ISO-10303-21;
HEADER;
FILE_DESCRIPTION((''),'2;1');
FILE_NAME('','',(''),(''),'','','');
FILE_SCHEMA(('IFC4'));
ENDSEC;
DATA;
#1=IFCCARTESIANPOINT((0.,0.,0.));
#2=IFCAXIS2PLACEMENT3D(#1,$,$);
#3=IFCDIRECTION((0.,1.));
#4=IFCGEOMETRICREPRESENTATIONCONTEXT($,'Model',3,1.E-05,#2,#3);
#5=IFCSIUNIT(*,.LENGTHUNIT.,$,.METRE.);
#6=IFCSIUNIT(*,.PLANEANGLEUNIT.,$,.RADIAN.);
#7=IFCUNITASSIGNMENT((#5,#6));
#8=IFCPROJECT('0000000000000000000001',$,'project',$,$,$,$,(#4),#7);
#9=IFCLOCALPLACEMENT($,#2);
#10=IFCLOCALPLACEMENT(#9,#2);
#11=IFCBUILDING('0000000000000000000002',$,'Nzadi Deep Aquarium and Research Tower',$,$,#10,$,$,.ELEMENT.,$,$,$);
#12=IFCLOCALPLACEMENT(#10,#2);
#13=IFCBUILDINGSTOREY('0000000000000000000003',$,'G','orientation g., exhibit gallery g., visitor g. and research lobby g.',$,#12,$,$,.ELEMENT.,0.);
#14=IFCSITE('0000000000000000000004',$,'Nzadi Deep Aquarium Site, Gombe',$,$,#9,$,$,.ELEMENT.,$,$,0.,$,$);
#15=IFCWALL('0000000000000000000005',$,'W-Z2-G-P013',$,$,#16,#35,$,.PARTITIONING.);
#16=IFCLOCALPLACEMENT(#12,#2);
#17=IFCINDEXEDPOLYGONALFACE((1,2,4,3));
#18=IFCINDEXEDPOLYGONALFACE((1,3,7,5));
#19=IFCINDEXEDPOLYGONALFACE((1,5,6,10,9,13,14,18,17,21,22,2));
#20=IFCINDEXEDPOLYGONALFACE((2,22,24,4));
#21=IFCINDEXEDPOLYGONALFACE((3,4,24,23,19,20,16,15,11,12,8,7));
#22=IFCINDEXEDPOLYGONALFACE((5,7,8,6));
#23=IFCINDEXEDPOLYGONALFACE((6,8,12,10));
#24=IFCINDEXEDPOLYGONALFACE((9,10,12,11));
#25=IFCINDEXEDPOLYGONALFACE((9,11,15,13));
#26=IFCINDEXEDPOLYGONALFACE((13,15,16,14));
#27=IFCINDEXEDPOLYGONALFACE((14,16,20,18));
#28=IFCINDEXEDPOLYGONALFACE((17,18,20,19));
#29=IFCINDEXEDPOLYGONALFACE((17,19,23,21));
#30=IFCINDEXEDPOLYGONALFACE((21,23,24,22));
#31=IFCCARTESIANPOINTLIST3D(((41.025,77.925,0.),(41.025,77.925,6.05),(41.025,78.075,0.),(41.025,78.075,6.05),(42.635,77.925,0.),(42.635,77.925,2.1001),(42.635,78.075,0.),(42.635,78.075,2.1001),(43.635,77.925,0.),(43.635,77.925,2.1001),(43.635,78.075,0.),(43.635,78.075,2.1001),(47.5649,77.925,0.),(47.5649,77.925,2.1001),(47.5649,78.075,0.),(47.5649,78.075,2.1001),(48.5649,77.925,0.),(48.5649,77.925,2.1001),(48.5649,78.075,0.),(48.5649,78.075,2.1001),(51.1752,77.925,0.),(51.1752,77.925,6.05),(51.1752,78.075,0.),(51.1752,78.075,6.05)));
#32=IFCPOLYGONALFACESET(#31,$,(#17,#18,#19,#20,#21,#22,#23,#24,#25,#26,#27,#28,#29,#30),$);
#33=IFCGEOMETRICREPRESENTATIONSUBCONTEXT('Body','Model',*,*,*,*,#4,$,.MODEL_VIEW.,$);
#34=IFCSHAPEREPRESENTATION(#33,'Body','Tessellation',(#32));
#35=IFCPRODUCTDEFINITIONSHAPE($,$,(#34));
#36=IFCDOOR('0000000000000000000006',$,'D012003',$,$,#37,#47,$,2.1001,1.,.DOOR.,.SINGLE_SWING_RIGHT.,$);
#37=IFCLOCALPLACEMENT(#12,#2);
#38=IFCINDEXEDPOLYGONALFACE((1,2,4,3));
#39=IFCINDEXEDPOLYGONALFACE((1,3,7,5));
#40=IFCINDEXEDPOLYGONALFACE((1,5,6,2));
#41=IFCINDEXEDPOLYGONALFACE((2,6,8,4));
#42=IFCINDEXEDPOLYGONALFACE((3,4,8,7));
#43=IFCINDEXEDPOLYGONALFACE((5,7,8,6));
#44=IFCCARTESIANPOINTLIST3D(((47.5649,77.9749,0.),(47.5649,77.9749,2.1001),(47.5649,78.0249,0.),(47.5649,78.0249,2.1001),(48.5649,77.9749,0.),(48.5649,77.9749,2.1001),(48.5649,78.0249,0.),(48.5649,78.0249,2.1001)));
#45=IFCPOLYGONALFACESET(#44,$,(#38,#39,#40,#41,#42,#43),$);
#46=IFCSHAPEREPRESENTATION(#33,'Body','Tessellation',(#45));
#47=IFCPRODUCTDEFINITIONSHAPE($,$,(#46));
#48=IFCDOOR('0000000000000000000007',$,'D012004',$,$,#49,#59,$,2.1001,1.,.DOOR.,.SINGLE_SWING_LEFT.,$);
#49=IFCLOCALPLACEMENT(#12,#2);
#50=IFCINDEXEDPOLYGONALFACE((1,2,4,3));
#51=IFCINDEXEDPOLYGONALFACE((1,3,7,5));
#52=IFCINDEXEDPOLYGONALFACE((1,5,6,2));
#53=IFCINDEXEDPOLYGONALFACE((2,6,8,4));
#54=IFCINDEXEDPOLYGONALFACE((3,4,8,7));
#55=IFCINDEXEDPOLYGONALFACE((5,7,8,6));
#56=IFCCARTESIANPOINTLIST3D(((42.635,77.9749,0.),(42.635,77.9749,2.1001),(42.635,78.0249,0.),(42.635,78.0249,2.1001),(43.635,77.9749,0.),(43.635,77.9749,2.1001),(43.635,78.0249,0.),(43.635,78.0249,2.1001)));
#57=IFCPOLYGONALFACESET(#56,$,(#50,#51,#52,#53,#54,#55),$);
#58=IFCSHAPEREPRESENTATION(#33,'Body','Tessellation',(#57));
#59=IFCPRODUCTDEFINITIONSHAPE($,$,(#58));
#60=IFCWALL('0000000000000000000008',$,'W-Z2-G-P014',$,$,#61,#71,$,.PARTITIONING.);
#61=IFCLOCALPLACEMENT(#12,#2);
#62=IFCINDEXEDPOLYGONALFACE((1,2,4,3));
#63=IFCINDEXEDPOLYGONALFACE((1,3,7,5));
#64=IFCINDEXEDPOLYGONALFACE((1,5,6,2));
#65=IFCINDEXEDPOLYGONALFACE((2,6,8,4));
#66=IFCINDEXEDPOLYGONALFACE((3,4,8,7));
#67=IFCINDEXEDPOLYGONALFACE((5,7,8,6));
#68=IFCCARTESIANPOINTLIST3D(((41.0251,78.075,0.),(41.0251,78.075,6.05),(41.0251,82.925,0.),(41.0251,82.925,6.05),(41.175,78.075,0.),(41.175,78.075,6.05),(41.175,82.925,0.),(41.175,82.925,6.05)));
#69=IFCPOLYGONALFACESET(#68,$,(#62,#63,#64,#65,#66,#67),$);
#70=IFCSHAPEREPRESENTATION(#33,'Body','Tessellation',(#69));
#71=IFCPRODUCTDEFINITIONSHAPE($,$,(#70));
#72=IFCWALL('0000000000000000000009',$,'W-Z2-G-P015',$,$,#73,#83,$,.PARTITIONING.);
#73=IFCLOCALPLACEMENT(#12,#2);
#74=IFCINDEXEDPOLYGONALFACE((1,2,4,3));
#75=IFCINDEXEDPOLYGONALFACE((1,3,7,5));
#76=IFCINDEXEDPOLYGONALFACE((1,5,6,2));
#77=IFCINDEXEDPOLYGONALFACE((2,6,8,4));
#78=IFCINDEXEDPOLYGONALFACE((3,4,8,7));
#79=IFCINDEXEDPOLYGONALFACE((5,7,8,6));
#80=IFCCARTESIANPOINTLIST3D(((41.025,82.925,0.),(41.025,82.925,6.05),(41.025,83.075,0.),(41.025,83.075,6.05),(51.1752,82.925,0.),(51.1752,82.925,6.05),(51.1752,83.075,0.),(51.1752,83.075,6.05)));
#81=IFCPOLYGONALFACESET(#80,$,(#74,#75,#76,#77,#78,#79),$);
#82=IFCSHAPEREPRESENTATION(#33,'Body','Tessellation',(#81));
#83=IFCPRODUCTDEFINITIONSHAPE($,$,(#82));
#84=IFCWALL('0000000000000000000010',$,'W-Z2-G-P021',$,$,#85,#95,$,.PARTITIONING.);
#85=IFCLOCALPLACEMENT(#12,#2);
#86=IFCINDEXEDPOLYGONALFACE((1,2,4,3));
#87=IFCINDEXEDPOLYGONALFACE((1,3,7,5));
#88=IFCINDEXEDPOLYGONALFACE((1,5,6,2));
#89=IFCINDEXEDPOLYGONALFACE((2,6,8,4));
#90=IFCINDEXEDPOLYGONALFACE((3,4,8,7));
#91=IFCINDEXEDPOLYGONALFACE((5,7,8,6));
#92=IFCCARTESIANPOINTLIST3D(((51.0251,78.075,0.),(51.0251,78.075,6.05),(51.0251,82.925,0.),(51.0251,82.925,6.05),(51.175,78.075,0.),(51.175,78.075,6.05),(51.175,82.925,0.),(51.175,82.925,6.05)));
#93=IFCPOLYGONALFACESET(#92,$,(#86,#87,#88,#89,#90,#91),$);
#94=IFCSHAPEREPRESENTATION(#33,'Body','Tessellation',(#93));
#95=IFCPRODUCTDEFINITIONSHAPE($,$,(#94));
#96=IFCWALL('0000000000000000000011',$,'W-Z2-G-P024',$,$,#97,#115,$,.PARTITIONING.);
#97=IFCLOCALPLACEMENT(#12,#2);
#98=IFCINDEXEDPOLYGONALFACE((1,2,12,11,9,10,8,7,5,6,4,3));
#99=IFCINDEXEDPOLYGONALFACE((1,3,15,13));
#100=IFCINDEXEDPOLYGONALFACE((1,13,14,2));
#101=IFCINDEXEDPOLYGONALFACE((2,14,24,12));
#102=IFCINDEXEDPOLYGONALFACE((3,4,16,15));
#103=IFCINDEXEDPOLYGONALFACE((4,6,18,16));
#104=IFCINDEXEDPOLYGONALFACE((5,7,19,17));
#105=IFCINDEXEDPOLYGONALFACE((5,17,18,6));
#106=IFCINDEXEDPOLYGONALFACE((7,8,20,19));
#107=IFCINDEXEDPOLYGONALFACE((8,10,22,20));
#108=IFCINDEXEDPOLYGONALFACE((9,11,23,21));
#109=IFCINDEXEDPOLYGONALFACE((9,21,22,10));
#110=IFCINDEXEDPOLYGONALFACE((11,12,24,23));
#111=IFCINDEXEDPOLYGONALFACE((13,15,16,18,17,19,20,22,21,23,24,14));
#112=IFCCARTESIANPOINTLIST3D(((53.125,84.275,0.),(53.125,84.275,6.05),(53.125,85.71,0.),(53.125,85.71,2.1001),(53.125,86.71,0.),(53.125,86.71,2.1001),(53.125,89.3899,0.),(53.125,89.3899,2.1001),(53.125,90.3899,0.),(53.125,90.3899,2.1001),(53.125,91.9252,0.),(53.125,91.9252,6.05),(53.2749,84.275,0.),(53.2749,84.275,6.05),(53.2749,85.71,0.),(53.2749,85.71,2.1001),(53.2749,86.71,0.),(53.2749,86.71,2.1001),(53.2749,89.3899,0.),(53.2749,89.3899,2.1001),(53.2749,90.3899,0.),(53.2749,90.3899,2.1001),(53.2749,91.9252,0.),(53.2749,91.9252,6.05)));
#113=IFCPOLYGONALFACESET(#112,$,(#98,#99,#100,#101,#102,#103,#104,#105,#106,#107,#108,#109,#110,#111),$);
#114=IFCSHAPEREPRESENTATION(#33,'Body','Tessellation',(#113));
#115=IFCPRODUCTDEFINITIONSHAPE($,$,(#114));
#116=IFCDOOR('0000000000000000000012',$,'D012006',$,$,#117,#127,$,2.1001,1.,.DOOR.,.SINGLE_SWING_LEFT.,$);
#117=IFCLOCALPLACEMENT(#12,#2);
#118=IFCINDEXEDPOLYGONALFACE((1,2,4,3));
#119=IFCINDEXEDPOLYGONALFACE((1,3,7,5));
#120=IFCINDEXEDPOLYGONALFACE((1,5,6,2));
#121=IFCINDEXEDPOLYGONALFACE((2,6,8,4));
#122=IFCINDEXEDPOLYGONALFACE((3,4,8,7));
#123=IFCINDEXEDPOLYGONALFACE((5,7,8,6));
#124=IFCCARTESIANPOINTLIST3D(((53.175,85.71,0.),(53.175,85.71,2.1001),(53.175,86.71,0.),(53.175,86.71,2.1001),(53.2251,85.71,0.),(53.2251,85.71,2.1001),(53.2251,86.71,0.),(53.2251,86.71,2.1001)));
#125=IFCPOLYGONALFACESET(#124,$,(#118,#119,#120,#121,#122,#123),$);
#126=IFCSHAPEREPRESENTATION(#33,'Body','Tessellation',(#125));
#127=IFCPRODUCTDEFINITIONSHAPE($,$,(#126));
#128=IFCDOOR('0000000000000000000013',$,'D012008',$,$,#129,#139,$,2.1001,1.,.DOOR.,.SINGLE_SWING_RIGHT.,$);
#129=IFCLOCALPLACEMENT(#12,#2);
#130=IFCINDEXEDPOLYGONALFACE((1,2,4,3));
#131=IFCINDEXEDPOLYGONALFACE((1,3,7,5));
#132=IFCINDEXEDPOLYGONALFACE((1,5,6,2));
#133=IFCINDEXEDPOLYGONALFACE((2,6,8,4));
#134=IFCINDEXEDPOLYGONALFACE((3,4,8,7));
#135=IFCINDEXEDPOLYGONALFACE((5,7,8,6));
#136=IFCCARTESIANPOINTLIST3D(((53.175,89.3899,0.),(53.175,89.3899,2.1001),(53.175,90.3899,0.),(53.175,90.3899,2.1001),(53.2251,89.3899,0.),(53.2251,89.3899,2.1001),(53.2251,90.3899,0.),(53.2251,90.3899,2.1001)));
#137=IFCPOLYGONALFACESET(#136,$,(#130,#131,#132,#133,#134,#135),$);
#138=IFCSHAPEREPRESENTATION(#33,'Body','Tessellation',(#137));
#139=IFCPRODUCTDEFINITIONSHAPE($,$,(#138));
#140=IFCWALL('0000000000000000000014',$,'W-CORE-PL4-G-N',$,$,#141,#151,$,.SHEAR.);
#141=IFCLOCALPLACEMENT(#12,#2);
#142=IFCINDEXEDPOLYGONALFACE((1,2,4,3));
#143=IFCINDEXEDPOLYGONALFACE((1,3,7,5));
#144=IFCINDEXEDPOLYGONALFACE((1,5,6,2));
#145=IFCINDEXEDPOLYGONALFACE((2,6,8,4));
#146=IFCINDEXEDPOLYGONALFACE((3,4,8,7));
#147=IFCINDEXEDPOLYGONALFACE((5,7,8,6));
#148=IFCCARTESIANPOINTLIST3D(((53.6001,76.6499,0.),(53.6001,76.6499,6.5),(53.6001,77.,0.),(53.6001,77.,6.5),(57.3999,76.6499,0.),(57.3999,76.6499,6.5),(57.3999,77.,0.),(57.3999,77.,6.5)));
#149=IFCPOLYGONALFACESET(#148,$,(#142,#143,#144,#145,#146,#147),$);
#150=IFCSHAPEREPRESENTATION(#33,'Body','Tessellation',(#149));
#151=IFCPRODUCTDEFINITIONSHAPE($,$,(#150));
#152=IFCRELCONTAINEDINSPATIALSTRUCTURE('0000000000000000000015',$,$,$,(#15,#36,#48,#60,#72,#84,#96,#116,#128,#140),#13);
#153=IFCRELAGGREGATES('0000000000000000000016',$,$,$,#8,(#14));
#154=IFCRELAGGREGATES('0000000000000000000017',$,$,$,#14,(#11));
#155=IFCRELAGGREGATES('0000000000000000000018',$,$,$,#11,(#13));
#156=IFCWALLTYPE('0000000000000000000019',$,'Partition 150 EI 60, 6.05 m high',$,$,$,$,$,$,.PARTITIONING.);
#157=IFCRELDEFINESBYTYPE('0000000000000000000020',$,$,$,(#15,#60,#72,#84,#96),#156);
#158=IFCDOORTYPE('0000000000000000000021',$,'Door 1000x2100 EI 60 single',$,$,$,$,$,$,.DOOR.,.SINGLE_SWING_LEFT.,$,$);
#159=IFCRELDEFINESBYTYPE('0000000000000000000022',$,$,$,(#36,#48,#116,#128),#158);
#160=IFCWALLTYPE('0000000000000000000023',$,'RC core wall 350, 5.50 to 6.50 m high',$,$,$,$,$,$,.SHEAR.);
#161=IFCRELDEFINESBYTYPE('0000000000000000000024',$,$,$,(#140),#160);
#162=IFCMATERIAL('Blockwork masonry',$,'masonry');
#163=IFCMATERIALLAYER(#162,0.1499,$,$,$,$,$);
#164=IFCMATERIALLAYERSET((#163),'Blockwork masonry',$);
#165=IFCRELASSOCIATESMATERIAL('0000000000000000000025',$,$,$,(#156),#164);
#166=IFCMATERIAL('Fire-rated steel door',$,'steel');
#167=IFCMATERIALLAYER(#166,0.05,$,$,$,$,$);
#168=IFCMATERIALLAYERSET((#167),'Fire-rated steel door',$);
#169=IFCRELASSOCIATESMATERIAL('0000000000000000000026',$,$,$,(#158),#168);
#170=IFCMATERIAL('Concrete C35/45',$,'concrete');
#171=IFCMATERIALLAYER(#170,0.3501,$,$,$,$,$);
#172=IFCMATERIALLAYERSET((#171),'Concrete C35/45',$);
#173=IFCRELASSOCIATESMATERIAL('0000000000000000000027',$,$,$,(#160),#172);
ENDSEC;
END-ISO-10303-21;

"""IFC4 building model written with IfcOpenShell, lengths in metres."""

from ifc_helpers import new_model, si_unit, direction, frame, frame_2d, origin, place, context, subcontext, project, spatial, rectangle, extrude, material, layer, layer_set, type_object, element, fill, save


model = new_model("IFC4")

# Units and contexts
model_context = context("Model", 3, precision=1e-05, world=origin(), true_north=direction((0.0, 1.0)))
body_context = subcontext(model_context, "Body", "Model", "MODEL_VIEW")
ifc_project = project(units=[si_unit("LENGTHUNIT", "METRE"), si_unit("PLANEANGLEUNIT", "RADIAN")], contexts=[model_context])

# Site, building, storey
site_placement = place(None, origin())
site = spatial("IfcSite", under=ifc_project, at=site_placement, Name="Nzadi Deep Aquarium Site, Gombe", CompositionType="ELEMENT", RefElevation=0.0)
building_placement = place(site_placement, origin())
building = spatial("IfcBuilding", under=site, at=building_placement, Name="Nzadi Deep Aquarium and Research Tower", CompositionType="ELEMENT")
storey_placement = place(building_placement, origin())
storey = spatial("IfcBuildingStorey", under=building, at=storey_placement, Name="G", Description="orientation g., exhibit gallery g., visitor g. and research lobby g.", CompositionType="ELEMENT", Elevation=0.0)

# Wall, openings, doors
ifc_material_1 = material(Name="Blockwork masonry", Category="masonry")
ifc_layer_1 = layer(ifc_material_1, 0.1499)
ifc_layer_set_1 = layer_set([ifc_layer_1], Name="Blockwork masonry")
wall_type_1 = type_object("IfcWallType", Name="Partition 150 EI 60, 6.05 m high", PredefinedType="PARTITIONING", material=ifc_layer_set_1)
wall_1_placement = place(storey_placement, frame((41.0249, 78.0, 0.0), z_axis=(0.0, 0.0, 1.0), x_axis=(1.0, 0.0, 0.0)))
wall_1 = element("IfcWall", 1, at=wall_1_placement, inside=storey, type_object=wall_type_1, Name="W-Z2-G-P013", PredefinedType="PARTITIONING", context=body_context, shape_type="SweptSolid", body=[
    extrude(rectangle(XDim=10.1501, YDim=0.1499, at=frame_2d((5.0752, 0.0))), origin(), (0.0, 0.0, 1.0), 6.05),
])
opening_1_placement = place(wall_1_placement, frame((6.54, 0.0, 0.0)))
opening_1 = element("IfcOpeningElement", 2, at=opening_1_placement, cuts=wall_1, PredefinedType="OPENING", context=body_context, shape_type="SweptSolid", body=[
    extrude(rectangle(XDim=1.0, YDim=2.1001, at=frame_2d((0.5, 1.05))), frame((0.0, 0.085, 0.0), z_axis=(0.0, -1.0, 0.0), x_axis=(1.0, 0.0, 0.0)), (0.0, 0.0, 1.0), 0.1699),
])
opening_2_placement = place(wall_1_placement, frame((1.6101, 0.0, 0.0)))
opening_2 = element("IfcOpeningElement", 3, at=opening_2_placement, cuts=wall_1, PredefinedType="OPENING", context=body_context, shape_type="SweptSolid", body=[
    extrude(rectangle(XDim=1.0, YDim=2.1001, at=frame_2d((0.5, 1.05))), frame((0.0, 0.085, 0.0), z_axis=(0.0, -1.0, 0.0), x_axis=(1.0, 0.0, 0.0)), (0.0, 0.0, 1.0), 0.1699),
])
ifc_material_2 = material(Name="Fire-rated steel door", Category="steel")
ifc_layer_2 = layer(ifc_material_2, 0.05)
ifc_layer_set_2 = layer_set([ifc_layer_2], Name="Fire-rated steel door")
door_type_1 = type_object("IfcDoorType", Name="Door 1000x2100 EI 60 single", OperationType="SINGLE_SWING_LEFT", PredefinedType="DOOR", material=ifc_layer_set_2)
door_1_placement = place(opening_1_placement, origin())
door_1 = element("IfcDoor", 4, at=door_1_placement, inside=storey, type_object=door_type_1, Name="D012003", OperationType="SINGLE_SWING_RIGHT", OverallHeight=2.1001, OverallWidth=1.0, PredefinedType="DOOR", context=body_context, shape_type="SweptSolid", body=[
    extrude(rectangle(XDim=1.0, YDim=2.1001, at=frame_2d((0.5, 1.05))), frame((0.0, 0.0249, 0.0), z_axis=(0.0, -1.0, 0.0), x_axis=(1.0, 0.0, 0.0)), (0.0, 0.0, 1.0), 0.05),
])
fill(opening_1, door_1)
door_2_placement = place(opening_2_placement, origin())
door_2 = element("IfcDoor", 5, at=door_2_placement, inside=storey, type_object=door_type_1, Name="D012004", OperationType="SINGLE_SWING_LEFT", OverallHeight=2.1001, OverallWidth=1.0, PredefinedType="DOOR", context=body_context, shape_type="SweptSolid", body=[
    extrude(rectangle(XDim=1.0, YDim=2.1001, at=frame_2d((0.5, 1.05))), frame((0.0, 0.0249, 0.0), z_axis=(0.0, -1.0, 0.0), x_axis=(1.0, 0.0, 0.0)), (0.0, 0.0, 1.0), 0.05),
])
fill(opening_2, door_2)

# Walls
wall_2_placement = place(storey_placement, frame((41.1001, 78.075, 0.0), z_axis=(0.0, 0.0, 1.0), x_axis=(0.0, 1.0, 0.0)))
element("IfcWall", 6, at=wall_2_placement, inside=storey, type_object=wall_type_1, Name="W-Z2-G-P014", PredefinedType="PARTITIONING", context=body_context, shape_type="SweptSolid", body=[
    extrude(rectangle(XDim=4.8501, YDim=0.1499, at=frame_2d((2.425, 0.0))), origin(), (0.0, 0.0, 1.0), 6.05),
])
wall_3_placement = place(storey_placement, frame((41.0249, 83.0, 0.0), z_axis=(0.0, 0.0, 1.0), x_axis=(1.0, 0.0, 0.0)))
element("IfcWall", 7, at=wall_3_placement, inside=storey, type_object=wall_type_1, Name="W-Z2-G-P015", PredefinedType="PARTITIONING", context=body_context, shape_type="SweptSolid", body=[
    extrude(rectangle(XDim=10.1501, YDim=0.1499, at=frame_2d((5.0752, 0.0))), origin(), (0.0, 0.0, 1.0), 6.05),
])
wall_4_placement = place(storey_placement, frame((51.1001, 78.075, 0.0), z_axis=(0.0, 0.0, 1.0), x_axis=(0.0, 1.0, 0.0)))
element("IfcWall", 8, at=wall_4_placement, inside=storey, type_object=wall_type_1, Name="W-Z2-G-P021", PredefinedType="PARTITIONING", context=body_context, shape_type="SweptSolid", body=[
    extrude(rectangle(XDim=4.8501, YDim=0.1499, at=frame_2d((2.425, 0.0))), origin(), (0.0, 0.0, 1.0), 6.05),
])

# Wall, openings, doors
wall_5_placement = place(storey_placement, frame((53.2, 84.2749, 0.0), z_axis=(0.0, 0.0, 1.0), x_axis=(0.0, 1.0, 0.0)))
wall_5 = element("IfcWall", 9, at=wall_5_placement, inside=storey, type_object=wall_type_1, Name="W-Z2-G-P024", PredefinedType="PARTITIONING", context=body_context, shape_type="SweptSolid", body=[
    extrude(rectangle(XDim=7.6501, YDim=0.1499, at=frame_2d((3.8252, 0.0))), origin(), (0.0, 0.0, 1.0), 6.05),
])
opening_3_placement = place(wall_5_placement, frame((1.4351, 0.0, 0.0)))
opening_3 = element("IfcOpeningElement", 10, at=opening_3_placement, cuts=wall_5, PredefinedType="OPENING", context=body_context, shape_type="SweptSolid", body=[
    extrude(rectangle(XDim=1.0, YDim=2.1001, at=frame_2d((0.5, 1.05))), frame((0.0, 0.085, 0.0), z_axis=(0.0, -1.0, 0.0), x_axis=(1.0, 0.0, 0.0)), (0.0, 0.0, 1.0), 0.1699),
])
opening_4_placement = place(wall_5_placement, frame((5.115, 0.0, 0.0)))
opening_4 = element("IfcOpeningElement", 11, at=opening_4_placement, cuts=wall_5, PredefinedType="OPENING", context=body_context, shape_type="SweptSolid", body=[
    extrude(rectangle(XDim=1.0, YDim=2.1001, at=frame_2d((0.5, 1.05))), frame((0.0, 0.085, 0.0), z_axis=(0.0, -1.0, 0.0), x_axis=(1.0, 0.0, 0.0)), (0.0, 0.0, 1.0), 0.1699),
])
door_3_placement = place(opening_3_placement, origin())
door_3 = element("IfcDoor", 12, at=door_3_placement, inside=storey, type_object=door_type_1, Name="D012006", OperationType="SINGLE_SWING_LEFT", OverallHeight=2.1001, OverallWidth=1.0, PredefinedType="DOOR", context=body_context, shape_type="SweptSolid", body=[
    extrude(rectangle(XDim=1.0, YDim=2.1001, at=frame_2d((0.5, 1.05))), frame((0.0, 0.0249, 0.0), z_axis=(0.0, -1.0, 0.0), x_axis=(1.0, 0.0, 0.0)), (0.0, 0.0, 1.0), 0.05),
])
fill(opening_3, door_3)
door_4_placement = place(opening_4_placement, origin())
door_4 = element("IfcDoor", 13, at=door_4_placement, inside=storey, type_object=door_type_1, Name="D012008", OperationType="SINGLE_SWING_RIGHT", OverallHeight=2.1001, OverallWidth=1.0, PredefinedType="DOOR", context=body_context, shape_type="SweptSolid", body=[
    extrude(rectangle(XDim=1.0, YDim=2.1001, at=frame_2d((0.5, 1.05))), frame((0.0, 0.0249, 0.0), z_axis=(0.0, -1.0, 0.0), x_axis=(1.0, 0.0, 0.0)), (0.0, 0.0, 1.0), 0.05),
])
fill(opening_4, door_4)

# Wall
ifc_material_3 = material(Name="Concrete C35/45", Category="concrete")
ifc_layer_3 = layer(ifc_material_3, 0.3501)
ifc_layer_set_3 = layer_set([ifc_layer_3], Name="Concrete C35/45")
wall_type_2 = type_object("IfcWallType", Name="RC core wall 350, 5.50 to 6.50 m high", PredefinedType="SHEAR", material=ifc_layer_set_3)
wall_6_placement = place(storey_placement, frame((53.6001, 76.825, 0.0), z_axis=(0.0, 0.0, 1.0), x_axis=(1.0, 0.0, 0.0)))
element("IfcWall", 14, at=wall_6_placement, inside=storey, type_object=wall_type_2, Name="W-CORE-PL4-G-N", PredefinedType="SHEAR", context=body_context, shape_type="SweptSolid", body=[
    extrude(rectangle(XDim=3.7998, YDim=0.3501, at=frame_2d((1.8999, 0.0))), origin(), (0.0, 0.0, 1.0), 6.5),
])

save(model, "model.ifc")
